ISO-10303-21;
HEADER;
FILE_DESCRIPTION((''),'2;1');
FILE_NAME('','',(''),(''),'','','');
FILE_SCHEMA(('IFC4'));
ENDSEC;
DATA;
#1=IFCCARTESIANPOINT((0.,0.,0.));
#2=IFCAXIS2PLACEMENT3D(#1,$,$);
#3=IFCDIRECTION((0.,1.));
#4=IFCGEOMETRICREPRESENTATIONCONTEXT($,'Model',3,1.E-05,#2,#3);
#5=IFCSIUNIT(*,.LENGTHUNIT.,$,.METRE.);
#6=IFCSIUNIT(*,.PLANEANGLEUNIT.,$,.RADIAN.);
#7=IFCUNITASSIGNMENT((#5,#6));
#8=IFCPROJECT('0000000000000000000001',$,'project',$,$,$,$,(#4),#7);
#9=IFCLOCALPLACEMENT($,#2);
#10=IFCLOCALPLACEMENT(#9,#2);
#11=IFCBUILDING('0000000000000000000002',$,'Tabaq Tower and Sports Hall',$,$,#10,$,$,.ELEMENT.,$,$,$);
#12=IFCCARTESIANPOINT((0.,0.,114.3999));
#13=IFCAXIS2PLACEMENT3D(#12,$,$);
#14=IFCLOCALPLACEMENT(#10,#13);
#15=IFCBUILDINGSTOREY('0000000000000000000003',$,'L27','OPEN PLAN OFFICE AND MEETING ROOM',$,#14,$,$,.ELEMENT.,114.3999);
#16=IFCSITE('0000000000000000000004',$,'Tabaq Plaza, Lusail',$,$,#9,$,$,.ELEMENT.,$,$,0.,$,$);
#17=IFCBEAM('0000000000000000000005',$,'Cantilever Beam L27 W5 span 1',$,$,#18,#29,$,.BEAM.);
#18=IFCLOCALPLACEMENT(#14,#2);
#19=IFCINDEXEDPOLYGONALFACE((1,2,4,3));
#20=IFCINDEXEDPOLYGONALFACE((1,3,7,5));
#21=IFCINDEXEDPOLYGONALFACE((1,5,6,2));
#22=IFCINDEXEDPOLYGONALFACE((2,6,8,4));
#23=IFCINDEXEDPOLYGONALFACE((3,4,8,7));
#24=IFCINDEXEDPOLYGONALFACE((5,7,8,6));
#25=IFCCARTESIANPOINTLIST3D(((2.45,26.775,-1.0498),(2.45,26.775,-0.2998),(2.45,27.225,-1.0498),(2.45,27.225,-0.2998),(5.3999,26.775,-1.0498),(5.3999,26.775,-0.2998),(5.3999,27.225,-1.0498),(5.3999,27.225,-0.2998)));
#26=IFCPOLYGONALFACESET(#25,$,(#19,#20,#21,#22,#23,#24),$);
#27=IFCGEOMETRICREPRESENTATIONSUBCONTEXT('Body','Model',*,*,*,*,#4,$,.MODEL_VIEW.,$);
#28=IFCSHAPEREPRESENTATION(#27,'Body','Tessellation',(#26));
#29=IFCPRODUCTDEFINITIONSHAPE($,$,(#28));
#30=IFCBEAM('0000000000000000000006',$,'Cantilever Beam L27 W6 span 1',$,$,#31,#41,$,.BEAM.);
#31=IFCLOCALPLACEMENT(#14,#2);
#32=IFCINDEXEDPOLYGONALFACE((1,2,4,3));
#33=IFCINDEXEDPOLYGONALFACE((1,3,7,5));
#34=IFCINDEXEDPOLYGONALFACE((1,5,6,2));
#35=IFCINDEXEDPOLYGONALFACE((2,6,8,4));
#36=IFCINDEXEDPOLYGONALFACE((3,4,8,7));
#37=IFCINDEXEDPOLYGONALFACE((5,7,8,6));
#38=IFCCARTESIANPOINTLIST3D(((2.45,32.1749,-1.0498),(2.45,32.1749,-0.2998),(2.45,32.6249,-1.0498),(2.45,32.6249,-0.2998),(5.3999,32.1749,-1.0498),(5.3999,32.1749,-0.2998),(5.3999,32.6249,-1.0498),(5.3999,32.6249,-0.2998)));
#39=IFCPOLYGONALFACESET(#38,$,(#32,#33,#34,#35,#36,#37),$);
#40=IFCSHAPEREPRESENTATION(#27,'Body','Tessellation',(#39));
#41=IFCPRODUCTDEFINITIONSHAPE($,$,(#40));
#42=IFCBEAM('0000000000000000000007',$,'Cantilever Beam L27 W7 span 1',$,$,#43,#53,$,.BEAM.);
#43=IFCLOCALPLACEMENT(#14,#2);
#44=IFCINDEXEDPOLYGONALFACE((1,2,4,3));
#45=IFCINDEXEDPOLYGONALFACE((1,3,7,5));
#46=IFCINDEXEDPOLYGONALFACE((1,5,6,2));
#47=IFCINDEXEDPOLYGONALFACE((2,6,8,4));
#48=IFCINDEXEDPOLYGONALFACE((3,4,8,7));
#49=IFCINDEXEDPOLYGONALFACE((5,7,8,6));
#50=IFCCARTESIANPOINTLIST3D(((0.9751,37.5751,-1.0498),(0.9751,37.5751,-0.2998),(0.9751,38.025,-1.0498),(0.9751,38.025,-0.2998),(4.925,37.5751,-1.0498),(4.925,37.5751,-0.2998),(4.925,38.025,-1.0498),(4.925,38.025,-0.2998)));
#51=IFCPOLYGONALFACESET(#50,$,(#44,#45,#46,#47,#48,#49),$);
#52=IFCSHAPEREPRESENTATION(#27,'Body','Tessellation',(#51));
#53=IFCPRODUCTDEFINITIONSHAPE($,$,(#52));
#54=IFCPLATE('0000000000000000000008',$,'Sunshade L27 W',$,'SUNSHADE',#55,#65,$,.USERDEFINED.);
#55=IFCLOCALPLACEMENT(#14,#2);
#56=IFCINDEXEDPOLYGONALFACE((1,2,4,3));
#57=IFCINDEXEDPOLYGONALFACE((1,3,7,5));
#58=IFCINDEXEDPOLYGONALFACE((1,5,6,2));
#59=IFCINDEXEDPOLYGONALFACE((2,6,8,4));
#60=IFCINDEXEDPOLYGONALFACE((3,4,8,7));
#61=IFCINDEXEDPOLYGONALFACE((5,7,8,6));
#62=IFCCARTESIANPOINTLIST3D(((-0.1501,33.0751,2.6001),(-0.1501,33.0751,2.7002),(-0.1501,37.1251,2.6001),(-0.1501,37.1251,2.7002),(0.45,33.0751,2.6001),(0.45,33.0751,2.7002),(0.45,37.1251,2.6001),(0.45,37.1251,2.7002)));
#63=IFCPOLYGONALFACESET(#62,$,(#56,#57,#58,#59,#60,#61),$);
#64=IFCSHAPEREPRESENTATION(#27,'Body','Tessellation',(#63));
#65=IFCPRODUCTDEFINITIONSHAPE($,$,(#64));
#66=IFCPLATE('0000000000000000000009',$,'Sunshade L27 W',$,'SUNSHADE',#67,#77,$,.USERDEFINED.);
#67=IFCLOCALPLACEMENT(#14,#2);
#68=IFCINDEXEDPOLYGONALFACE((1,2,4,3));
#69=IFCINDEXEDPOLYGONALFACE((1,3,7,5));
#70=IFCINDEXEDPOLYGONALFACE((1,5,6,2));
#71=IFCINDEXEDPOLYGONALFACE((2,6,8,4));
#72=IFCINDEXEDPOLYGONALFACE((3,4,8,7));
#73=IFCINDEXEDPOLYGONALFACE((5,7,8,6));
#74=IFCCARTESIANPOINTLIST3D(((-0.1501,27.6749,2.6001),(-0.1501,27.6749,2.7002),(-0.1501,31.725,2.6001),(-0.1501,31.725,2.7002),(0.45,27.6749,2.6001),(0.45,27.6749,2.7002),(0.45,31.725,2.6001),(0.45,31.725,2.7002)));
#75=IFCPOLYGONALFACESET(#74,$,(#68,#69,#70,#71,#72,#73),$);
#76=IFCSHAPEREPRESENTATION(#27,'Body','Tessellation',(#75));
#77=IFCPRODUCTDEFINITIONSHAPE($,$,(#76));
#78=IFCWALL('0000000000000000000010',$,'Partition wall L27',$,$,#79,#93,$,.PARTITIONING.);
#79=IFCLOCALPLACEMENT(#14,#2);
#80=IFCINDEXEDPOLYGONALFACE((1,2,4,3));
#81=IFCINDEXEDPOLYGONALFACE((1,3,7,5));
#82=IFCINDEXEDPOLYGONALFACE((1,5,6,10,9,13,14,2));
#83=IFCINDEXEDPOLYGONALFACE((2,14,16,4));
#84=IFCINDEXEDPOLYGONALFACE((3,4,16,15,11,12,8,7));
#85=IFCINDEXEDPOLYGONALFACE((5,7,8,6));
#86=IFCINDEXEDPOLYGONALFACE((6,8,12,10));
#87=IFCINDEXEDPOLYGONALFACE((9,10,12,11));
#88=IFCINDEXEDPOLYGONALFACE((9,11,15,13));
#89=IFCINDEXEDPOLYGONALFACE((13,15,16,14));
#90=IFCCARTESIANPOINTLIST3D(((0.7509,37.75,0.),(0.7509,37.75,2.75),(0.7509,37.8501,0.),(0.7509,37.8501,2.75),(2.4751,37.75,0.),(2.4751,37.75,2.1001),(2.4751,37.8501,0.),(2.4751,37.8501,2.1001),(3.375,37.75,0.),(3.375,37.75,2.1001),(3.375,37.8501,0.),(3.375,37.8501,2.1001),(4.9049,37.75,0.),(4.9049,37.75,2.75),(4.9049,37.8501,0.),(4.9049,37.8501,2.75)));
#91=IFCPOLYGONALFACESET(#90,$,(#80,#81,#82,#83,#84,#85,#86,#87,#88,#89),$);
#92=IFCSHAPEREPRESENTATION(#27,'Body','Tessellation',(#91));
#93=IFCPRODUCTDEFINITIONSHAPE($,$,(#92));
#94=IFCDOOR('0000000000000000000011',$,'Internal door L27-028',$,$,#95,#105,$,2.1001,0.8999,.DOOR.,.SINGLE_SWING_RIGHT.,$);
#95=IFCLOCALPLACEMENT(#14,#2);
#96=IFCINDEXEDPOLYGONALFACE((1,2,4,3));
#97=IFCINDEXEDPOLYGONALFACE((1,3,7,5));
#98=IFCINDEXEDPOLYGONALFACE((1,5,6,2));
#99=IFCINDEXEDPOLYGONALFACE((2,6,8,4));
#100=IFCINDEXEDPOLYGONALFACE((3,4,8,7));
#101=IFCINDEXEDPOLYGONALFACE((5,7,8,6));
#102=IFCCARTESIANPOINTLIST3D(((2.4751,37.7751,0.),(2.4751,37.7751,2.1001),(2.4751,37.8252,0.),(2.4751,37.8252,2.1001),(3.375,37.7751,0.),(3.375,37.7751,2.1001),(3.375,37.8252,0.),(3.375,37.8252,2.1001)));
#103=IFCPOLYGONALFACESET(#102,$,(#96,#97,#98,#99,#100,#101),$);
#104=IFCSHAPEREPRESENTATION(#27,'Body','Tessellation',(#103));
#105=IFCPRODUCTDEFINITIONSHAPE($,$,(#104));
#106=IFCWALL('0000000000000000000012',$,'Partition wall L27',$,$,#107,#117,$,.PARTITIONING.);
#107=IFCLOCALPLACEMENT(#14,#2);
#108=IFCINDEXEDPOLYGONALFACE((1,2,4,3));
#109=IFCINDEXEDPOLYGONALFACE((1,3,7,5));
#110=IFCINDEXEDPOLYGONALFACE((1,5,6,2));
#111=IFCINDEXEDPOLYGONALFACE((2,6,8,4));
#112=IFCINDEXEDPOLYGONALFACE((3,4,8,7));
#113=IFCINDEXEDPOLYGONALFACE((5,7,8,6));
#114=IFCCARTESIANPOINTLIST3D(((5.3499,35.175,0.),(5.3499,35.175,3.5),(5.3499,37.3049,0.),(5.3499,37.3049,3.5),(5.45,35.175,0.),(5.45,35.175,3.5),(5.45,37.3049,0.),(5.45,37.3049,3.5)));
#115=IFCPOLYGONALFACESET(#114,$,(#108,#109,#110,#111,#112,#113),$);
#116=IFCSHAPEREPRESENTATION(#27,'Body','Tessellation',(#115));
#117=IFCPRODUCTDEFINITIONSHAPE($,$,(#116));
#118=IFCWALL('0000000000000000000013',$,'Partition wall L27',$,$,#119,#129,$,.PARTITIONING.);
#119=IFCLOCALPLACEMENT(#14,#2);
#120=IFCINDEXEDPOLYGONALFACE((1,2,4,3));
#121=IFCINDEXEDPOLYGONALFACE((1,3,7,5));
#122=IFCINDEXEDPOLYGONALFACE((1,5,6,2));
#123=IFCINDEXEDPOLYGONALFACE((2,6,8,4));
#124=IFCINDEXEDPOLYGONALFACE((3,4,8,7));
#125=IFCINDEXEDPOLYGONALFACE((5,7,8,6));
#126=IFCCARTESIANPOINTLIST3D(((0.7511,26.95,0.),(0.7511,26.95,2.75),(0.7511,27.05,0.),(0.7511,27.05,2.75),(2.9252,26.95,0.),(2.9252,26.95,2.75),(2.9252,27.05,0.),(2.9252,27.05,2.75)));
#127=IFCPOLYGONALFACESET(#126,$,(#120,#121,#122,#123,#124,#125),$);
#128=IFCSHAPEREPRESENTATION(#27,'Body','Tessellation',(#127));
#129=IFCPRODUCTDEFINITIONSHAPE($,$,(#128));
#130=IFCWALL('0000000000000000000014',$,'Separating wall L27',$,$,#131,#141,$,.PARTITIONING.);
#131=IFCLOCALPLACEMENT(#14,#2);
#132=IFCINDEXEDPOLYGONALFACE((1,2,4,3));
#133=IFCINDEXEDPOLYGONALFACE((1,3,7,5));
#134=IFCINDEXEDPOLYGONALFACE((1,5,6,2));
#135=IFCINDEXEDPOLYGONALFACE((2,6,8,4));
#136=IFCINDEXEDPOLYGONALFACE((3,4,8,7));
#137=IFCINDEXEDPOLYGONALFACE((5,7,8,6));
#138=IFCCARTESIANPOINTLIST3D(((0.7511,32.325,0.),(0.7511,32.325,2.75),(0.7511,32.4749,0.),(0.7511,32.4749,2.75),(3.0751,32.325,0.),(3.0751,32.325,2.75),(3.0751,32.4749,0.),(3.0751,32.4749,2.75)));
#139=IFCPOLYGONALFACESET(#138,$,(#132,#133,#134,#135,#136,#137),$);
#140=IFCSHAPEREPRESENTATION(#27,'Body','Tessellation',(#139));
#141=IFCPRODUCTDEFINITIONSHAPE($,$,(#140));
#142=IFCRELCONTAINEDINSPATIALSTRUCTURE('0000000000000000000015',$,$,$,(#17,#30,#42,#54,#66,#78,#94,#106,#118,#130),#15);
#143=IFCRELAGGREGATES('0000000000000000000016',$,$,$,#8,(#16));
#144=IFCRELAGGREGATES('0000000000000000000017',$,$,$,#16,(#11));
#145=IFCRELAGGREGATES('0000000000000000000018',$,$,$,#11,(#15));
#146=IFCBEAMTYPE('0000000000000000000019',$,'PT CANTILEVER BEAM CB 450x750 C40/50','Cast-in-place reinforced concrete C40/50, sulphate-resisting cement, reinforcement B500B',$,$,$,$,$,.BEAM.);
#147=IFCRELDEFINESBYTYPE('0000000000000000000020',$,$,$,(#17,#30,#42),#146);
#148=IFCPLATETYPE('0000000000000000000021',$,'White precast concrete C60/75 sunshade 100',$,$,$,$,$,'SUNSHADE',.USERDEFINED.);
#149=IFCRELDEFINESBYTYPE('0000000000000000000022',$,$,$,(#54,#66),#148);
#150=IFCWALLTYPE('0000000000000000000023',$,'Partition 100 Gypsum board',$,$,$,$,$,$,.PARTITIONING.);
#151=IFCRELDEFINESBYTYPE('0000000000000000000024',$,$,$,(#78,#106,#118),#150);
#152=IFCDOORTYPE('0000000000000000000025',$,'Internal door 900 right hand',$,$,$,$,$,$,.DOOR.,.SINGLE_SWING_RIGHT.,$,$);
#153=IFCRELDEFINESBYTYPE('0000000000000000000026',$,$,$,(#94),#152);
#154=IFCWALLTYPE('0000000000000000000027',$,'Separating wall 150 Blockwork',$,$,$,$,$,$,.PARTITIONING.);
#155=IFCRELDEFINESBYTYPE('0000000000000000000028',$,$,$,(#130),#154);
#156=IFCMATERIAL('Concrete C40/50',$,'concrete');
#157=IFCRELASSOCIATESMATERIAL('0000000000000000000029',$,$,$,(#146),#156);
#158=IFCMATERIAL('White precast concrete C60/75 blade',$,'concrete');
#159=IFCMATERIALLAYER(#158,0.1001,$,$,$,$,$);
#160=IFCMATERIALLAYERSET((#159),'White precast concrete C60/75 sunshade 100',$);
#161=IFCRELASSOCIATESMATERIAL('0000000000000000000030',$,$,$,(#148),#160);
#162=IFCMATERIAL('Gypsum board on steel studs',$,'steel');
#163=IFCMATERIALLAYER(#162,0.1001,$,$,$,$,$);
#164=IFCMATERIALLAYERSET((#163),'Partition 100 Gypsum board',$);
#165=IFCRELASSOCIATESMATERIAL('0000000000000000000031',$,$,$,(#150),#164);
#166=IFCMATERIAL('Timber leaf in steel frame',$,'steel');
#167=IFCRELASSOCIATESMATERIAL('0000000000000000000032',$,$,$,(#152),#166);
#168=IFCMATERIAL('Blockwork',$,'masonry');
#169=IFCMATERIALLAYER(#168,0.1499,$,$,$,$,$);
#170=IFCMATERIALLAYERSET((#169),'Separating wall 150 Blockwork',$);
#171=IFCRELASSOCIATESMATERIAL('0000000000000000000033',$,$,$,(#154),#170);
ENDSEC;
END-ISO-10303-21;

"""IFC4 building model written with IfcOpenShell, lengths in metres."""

from ifc_helpers import new_model, si_unit, direction, frame, frame_2d, origin, origin_2d, place, context, subcontext, project, spatial, rectangle, extrude, material, layer, layer_set, material_profile, profile_set, type_object, element, fill, save


model = new_model("IFC4")

# Units and contexts
model_context = context("Model", 3, precision=1e-05, world=origin(), true_north=direction((0.0, 1.0)))
body_context = subcontext(model_context, "Body", "Model", "MODEL_VIEW")
ifc_project = project(units=[si_unit("LENGTHUNIT", "METRE"), si_unit("PLANEANGLEUNIT", "RADIAN")], contexts=[model_context])

# Site, building, storey
site_placement = place(None, origin())
site = spatial("IfcSite", under=ifc_project, at=site_placement, Name="Tabaq Plaza, Lusail", CompositionType="ELEMENT", RefElevation=0.0)
building_placement = place(site_placement, origin())
building = spatial("IfcBuilding", under=site, at=building_placement, Name="Tabaq Tower and Sports Hall", CompositionType="ELEMENT")
storey_placement = place(building_placement, frame((0.0, 0.0, 114.3999)))
storey = spatial("IfcBuildingStorey", under=building, at=storey_placement, Name="L27", Description="OPEN PLAN OFFICE AND MEETING ROOM", CompositionType="ELEMENT", Elevation=114.3999)

# Beams
ifc_material_1 = material(Name="Concrete C40/50", Category="concrete")
ifc_material_profile = material_profile(ifc_material_1, rectangle(XDim=0.45, YDim=0.75, at=origin_2d()), Name="CB 450x750")
ifc_profile_set = profile_set([ifc_material_profile], Name="Concrete C40/50")
beam_type = type_object("IfcBeamType", Name="PT CANTILEVER BEAM CB 450x750 C40/50", Description="Cast-in-place reinforced concrete C40/50, sulphate-resisting cement, reinforcement B500B", PredefinedType="BEAM", material=ifc_profile_set)
for number, where, z_axis, x_axis, name in (
    (1, (2.45, 27.0, -0.6748), (1.0, 0.0, 0.0), (0.0, 1.0, 0.0), "Cantilever Beam L27 W5 span 1"),
    (2, (2.45, 32.3999, -0.6748), (1.0, 0.0, 0.0), (0.0, 1.0, 0.0), "Cantilever Beam L27 W6 span 1"),
):
    element("IfcBeam", number, at=place(storey_placement, frame(where, z_axis=z_axis, x_axis=x_axis)), inside=storey, type_object=beam_type, Name=name, PredefinedType="BEAM", context=body_context, shape_type="SweptSolid", body=[
        extrude(rectangle(XDim=0.45, YDim=0.75, at=origin_2d()), origin(), (0.0, 0.0, 1.0), 2.95),
    ])
beam_placement = place(storey_placement, frame((0.9751, 37.8, -0.6748), z_axis=(1.0, 0.0, 0.0), x_axis=(0.0, 1.0, 0.0)))
element("IfcBeam", 3, at=beam_placement, inside=storey, type_object=beam_type, Name="Cantilever Beam L27 W7 span 1", PredefinedType="BEAM", context=body_context, shape_type="SweptSolid", body=[
    extrude(rectangle(XDim=0.45, YDim=0.75, at=origin_2d()), origin(), (0.0, 0.0, 1.0), 3.95),
])

# Plates
ifc_material_2 = material(Name="White precast concrete C60/75 blade", Category="concrete")
ifc_layer_1 = layer(ifc_material_2, 0.1001)
ifc_layer_set_1 = layer_set([ifc_layer_1], Name="White precast concrete C60/75 sunshade 100")
plate_type = type_object("IfcPlateType", Name="White precast concrete C60/75 sunshade 100", ElementType="SUNSHADE", PredefinedType="USERDEFINED", material=ifc_layer_set_1)
for number, where, z_axis, x_axis, name in (
    (4, (0.1499, 35.1001, 2.6001), (0.0, 0.0, 1.0), (0.0, -1.0, 0.0), "Sunshade L27 W"),
    (5, (0.1499, 29.7, 2.6001), (0.0, 0.0, 1.0), (0.0, -1.0, 0.0), "Sunshade L27 W"),
):
    element("IfcPlate", number, at=place(storey_placement, frame(where, z_axis=z_axis, x_axis=x_axis)), inside=storey, type_object=plate_type, Name=name, ObjectType="SUNSHADE", PredefinedType="USERDEFINED", context=body_context, shape_type="SweptSolid", body=[
        extrude(rectangle(XDim=4.05, YDim=0.6001, at=origin_2d()), origin(), (0.0, 0.0, 1.0), 0.1001),
    ])

# Wall, opening, door
ifc_material_3 = material(Name="Gypsum board on steel studs", Category="steel")
ifc_layer_2 = layer(ifc_material_3, 0.1001)
ifc_layer_set_2 = layer_set([ifc_layer_2], Name="Partition 100 Gypsum board")
wall_type_1 = type_object("IfcWallType", Name="Partition 100 Gypsum board", PredefinedType="PARTITIONING", material=ifc_layer_set_2)
wall_1_placement = place(storey_placement, frame((4.905, 37.8, 0.0), z_axis=(0.0, 0.0, 1.0), x_axis=(-1.0, 0.0, 0.0)))
wall_1 = element("IfcWall", 6, at=wall_1_placement, inside=storey, type_object=wall_type_1, Name="Partition wall L27", PredefinedType="PARTITIONING", context=body_context, shape_type="SweptSolid", body=[
    extrude(rectangle(XDim=4.1541, YDim=0.1001, at=frame_2d((2.0771, 0.0))), origin(), (0.0, 0.0, 1.0), 2.75),
])
opening_1_placement = place(wall_1_placement, frame((1.53, 0.0, 0.0)))
opening_1 = element("IfcOpeningElement", 7, at=opening_1_placement, cuts=wall_1, PredefinedType="OPENING", context=body_context, shape_type="SweptSolid", body=[
    extrude(rectangle(XDim=0.8999, YDim=2.1001, at=frame_2d((0.45, 1.05))), frame((0.0, 0.05, 0.0), z_axis=(0.0, -1.0, 0.0), x_axis=(1.0, 0.0, 0.0)), (0.0, 0.0, 1.0), 0.1001),
])
ifc_material_4 = material(Name="Timber leaf in steel frame", Category="steel")
door_type_1 = type_object("IfcDoorType", Name="Internal door 900 right hand", OperationType="SINGLE_SWING_RIGHT", PredefinedType="DOOR", material=ifc_material_4)
door_1_placement = place(opening_1_placement, origin())
door_1 = element("IfcDoor", 8, at=door_1_placement, inside=storey, type_object=door_type_1, Name="Internal door L27-028", OperationType="SINGLE_SWING_RIGHT", OverallHeight=2.1001, OverallWidth=0.8999, PredefinedType="DOOR", context=body_context, shape_type="SweptSolid", body=[
    extrude(rectangle(XDim=0.8999, YDim=2.1001, at=frame_2d((0.45, 1.05))), frame((0.0, 0.0249, 0.0), z_axis=(0.0, -1.0, 0.0), x_axis=(1.0, 0.0, 0.0)), (0.0, 0.0, 1.0), 0.05),
])
fill(opening_1, door_1)

# Walls
wall_2_placement = place(storey_placement, frame((5.3999, 35.175, 0.0), z_axis=(0.0, 0.0, 1.0), x_axis=(0.0, 1.0, 0.0)))
element("IfcWall", 9, at=wall_2_placement, inside=storey, type_object=wall_type_1, Name="Partition wall L27", PredefinedType="PARTITIONING", context=body_context, shape_type="SweptSolid", body=[
    extrude(rectangle(XDim=2.1299, YDim=0.1001, at=frame_2d((1.0649, 0.0))), origin(), (0.0, 0.0, 1.0), 3.5),
])
wall_3_placement = place(storey_placement, frame((2.925, 27.0, 0.0), z_axis=(0.0, 0.0, 1.0), x_axis=(-1.0, 0.0, 0.0)))
element("IfcWall", 10, at=wall_3_placement, inside=storey, type_object=wall_type_1, Name="Partition wall L27", PredefinedType="PARTITIONING", context=body_context, shape_type="SweptSolid", body=[
    extrude(rectangle(XDim=2.1741, YDim=0.1001, at=frame_2d((1.0869, 0.0))), origin(), (0.0, 0.0, 1.0), 2.75),
])
ifc_material_5 = material(Name="Blockwork", Category="masonry")
ifc_layer_3 = layer(ifc_material_5, 0.1499)
ifc_layer_set_3 = layer_set([ifc_layer_3], Name="Separating wall 150 Blockwork")
wall_type_2 = type_object("IfcWallType", Name="Separating wall 150 Blockwork", PredefinedType="PARTITIONING", material=ifc_layer_set_3)
wall_4_placement = place(storey_placement, frame((0.751, 32.3999, 0.0), z_axis=(0.0, 0.0, 1.0), x_axis=(1.0, 0.0, 0.0)))
element("IfcWall", 11, at=wall_4_placement, inside=storey, type_object=wall_type_2, Name="Separating wall L27", PredefinedType="PARTITIONING", context=body_context, shape_type="SweptSolid", body=[
    extrude(rectangle(XDim=2.324, YDim=0.1499, at=frame_2d((1.1621, 0.0))), origin(), (0.0, 0.0, 1.0), 2.75),
])

save(model, "model.ifc")
